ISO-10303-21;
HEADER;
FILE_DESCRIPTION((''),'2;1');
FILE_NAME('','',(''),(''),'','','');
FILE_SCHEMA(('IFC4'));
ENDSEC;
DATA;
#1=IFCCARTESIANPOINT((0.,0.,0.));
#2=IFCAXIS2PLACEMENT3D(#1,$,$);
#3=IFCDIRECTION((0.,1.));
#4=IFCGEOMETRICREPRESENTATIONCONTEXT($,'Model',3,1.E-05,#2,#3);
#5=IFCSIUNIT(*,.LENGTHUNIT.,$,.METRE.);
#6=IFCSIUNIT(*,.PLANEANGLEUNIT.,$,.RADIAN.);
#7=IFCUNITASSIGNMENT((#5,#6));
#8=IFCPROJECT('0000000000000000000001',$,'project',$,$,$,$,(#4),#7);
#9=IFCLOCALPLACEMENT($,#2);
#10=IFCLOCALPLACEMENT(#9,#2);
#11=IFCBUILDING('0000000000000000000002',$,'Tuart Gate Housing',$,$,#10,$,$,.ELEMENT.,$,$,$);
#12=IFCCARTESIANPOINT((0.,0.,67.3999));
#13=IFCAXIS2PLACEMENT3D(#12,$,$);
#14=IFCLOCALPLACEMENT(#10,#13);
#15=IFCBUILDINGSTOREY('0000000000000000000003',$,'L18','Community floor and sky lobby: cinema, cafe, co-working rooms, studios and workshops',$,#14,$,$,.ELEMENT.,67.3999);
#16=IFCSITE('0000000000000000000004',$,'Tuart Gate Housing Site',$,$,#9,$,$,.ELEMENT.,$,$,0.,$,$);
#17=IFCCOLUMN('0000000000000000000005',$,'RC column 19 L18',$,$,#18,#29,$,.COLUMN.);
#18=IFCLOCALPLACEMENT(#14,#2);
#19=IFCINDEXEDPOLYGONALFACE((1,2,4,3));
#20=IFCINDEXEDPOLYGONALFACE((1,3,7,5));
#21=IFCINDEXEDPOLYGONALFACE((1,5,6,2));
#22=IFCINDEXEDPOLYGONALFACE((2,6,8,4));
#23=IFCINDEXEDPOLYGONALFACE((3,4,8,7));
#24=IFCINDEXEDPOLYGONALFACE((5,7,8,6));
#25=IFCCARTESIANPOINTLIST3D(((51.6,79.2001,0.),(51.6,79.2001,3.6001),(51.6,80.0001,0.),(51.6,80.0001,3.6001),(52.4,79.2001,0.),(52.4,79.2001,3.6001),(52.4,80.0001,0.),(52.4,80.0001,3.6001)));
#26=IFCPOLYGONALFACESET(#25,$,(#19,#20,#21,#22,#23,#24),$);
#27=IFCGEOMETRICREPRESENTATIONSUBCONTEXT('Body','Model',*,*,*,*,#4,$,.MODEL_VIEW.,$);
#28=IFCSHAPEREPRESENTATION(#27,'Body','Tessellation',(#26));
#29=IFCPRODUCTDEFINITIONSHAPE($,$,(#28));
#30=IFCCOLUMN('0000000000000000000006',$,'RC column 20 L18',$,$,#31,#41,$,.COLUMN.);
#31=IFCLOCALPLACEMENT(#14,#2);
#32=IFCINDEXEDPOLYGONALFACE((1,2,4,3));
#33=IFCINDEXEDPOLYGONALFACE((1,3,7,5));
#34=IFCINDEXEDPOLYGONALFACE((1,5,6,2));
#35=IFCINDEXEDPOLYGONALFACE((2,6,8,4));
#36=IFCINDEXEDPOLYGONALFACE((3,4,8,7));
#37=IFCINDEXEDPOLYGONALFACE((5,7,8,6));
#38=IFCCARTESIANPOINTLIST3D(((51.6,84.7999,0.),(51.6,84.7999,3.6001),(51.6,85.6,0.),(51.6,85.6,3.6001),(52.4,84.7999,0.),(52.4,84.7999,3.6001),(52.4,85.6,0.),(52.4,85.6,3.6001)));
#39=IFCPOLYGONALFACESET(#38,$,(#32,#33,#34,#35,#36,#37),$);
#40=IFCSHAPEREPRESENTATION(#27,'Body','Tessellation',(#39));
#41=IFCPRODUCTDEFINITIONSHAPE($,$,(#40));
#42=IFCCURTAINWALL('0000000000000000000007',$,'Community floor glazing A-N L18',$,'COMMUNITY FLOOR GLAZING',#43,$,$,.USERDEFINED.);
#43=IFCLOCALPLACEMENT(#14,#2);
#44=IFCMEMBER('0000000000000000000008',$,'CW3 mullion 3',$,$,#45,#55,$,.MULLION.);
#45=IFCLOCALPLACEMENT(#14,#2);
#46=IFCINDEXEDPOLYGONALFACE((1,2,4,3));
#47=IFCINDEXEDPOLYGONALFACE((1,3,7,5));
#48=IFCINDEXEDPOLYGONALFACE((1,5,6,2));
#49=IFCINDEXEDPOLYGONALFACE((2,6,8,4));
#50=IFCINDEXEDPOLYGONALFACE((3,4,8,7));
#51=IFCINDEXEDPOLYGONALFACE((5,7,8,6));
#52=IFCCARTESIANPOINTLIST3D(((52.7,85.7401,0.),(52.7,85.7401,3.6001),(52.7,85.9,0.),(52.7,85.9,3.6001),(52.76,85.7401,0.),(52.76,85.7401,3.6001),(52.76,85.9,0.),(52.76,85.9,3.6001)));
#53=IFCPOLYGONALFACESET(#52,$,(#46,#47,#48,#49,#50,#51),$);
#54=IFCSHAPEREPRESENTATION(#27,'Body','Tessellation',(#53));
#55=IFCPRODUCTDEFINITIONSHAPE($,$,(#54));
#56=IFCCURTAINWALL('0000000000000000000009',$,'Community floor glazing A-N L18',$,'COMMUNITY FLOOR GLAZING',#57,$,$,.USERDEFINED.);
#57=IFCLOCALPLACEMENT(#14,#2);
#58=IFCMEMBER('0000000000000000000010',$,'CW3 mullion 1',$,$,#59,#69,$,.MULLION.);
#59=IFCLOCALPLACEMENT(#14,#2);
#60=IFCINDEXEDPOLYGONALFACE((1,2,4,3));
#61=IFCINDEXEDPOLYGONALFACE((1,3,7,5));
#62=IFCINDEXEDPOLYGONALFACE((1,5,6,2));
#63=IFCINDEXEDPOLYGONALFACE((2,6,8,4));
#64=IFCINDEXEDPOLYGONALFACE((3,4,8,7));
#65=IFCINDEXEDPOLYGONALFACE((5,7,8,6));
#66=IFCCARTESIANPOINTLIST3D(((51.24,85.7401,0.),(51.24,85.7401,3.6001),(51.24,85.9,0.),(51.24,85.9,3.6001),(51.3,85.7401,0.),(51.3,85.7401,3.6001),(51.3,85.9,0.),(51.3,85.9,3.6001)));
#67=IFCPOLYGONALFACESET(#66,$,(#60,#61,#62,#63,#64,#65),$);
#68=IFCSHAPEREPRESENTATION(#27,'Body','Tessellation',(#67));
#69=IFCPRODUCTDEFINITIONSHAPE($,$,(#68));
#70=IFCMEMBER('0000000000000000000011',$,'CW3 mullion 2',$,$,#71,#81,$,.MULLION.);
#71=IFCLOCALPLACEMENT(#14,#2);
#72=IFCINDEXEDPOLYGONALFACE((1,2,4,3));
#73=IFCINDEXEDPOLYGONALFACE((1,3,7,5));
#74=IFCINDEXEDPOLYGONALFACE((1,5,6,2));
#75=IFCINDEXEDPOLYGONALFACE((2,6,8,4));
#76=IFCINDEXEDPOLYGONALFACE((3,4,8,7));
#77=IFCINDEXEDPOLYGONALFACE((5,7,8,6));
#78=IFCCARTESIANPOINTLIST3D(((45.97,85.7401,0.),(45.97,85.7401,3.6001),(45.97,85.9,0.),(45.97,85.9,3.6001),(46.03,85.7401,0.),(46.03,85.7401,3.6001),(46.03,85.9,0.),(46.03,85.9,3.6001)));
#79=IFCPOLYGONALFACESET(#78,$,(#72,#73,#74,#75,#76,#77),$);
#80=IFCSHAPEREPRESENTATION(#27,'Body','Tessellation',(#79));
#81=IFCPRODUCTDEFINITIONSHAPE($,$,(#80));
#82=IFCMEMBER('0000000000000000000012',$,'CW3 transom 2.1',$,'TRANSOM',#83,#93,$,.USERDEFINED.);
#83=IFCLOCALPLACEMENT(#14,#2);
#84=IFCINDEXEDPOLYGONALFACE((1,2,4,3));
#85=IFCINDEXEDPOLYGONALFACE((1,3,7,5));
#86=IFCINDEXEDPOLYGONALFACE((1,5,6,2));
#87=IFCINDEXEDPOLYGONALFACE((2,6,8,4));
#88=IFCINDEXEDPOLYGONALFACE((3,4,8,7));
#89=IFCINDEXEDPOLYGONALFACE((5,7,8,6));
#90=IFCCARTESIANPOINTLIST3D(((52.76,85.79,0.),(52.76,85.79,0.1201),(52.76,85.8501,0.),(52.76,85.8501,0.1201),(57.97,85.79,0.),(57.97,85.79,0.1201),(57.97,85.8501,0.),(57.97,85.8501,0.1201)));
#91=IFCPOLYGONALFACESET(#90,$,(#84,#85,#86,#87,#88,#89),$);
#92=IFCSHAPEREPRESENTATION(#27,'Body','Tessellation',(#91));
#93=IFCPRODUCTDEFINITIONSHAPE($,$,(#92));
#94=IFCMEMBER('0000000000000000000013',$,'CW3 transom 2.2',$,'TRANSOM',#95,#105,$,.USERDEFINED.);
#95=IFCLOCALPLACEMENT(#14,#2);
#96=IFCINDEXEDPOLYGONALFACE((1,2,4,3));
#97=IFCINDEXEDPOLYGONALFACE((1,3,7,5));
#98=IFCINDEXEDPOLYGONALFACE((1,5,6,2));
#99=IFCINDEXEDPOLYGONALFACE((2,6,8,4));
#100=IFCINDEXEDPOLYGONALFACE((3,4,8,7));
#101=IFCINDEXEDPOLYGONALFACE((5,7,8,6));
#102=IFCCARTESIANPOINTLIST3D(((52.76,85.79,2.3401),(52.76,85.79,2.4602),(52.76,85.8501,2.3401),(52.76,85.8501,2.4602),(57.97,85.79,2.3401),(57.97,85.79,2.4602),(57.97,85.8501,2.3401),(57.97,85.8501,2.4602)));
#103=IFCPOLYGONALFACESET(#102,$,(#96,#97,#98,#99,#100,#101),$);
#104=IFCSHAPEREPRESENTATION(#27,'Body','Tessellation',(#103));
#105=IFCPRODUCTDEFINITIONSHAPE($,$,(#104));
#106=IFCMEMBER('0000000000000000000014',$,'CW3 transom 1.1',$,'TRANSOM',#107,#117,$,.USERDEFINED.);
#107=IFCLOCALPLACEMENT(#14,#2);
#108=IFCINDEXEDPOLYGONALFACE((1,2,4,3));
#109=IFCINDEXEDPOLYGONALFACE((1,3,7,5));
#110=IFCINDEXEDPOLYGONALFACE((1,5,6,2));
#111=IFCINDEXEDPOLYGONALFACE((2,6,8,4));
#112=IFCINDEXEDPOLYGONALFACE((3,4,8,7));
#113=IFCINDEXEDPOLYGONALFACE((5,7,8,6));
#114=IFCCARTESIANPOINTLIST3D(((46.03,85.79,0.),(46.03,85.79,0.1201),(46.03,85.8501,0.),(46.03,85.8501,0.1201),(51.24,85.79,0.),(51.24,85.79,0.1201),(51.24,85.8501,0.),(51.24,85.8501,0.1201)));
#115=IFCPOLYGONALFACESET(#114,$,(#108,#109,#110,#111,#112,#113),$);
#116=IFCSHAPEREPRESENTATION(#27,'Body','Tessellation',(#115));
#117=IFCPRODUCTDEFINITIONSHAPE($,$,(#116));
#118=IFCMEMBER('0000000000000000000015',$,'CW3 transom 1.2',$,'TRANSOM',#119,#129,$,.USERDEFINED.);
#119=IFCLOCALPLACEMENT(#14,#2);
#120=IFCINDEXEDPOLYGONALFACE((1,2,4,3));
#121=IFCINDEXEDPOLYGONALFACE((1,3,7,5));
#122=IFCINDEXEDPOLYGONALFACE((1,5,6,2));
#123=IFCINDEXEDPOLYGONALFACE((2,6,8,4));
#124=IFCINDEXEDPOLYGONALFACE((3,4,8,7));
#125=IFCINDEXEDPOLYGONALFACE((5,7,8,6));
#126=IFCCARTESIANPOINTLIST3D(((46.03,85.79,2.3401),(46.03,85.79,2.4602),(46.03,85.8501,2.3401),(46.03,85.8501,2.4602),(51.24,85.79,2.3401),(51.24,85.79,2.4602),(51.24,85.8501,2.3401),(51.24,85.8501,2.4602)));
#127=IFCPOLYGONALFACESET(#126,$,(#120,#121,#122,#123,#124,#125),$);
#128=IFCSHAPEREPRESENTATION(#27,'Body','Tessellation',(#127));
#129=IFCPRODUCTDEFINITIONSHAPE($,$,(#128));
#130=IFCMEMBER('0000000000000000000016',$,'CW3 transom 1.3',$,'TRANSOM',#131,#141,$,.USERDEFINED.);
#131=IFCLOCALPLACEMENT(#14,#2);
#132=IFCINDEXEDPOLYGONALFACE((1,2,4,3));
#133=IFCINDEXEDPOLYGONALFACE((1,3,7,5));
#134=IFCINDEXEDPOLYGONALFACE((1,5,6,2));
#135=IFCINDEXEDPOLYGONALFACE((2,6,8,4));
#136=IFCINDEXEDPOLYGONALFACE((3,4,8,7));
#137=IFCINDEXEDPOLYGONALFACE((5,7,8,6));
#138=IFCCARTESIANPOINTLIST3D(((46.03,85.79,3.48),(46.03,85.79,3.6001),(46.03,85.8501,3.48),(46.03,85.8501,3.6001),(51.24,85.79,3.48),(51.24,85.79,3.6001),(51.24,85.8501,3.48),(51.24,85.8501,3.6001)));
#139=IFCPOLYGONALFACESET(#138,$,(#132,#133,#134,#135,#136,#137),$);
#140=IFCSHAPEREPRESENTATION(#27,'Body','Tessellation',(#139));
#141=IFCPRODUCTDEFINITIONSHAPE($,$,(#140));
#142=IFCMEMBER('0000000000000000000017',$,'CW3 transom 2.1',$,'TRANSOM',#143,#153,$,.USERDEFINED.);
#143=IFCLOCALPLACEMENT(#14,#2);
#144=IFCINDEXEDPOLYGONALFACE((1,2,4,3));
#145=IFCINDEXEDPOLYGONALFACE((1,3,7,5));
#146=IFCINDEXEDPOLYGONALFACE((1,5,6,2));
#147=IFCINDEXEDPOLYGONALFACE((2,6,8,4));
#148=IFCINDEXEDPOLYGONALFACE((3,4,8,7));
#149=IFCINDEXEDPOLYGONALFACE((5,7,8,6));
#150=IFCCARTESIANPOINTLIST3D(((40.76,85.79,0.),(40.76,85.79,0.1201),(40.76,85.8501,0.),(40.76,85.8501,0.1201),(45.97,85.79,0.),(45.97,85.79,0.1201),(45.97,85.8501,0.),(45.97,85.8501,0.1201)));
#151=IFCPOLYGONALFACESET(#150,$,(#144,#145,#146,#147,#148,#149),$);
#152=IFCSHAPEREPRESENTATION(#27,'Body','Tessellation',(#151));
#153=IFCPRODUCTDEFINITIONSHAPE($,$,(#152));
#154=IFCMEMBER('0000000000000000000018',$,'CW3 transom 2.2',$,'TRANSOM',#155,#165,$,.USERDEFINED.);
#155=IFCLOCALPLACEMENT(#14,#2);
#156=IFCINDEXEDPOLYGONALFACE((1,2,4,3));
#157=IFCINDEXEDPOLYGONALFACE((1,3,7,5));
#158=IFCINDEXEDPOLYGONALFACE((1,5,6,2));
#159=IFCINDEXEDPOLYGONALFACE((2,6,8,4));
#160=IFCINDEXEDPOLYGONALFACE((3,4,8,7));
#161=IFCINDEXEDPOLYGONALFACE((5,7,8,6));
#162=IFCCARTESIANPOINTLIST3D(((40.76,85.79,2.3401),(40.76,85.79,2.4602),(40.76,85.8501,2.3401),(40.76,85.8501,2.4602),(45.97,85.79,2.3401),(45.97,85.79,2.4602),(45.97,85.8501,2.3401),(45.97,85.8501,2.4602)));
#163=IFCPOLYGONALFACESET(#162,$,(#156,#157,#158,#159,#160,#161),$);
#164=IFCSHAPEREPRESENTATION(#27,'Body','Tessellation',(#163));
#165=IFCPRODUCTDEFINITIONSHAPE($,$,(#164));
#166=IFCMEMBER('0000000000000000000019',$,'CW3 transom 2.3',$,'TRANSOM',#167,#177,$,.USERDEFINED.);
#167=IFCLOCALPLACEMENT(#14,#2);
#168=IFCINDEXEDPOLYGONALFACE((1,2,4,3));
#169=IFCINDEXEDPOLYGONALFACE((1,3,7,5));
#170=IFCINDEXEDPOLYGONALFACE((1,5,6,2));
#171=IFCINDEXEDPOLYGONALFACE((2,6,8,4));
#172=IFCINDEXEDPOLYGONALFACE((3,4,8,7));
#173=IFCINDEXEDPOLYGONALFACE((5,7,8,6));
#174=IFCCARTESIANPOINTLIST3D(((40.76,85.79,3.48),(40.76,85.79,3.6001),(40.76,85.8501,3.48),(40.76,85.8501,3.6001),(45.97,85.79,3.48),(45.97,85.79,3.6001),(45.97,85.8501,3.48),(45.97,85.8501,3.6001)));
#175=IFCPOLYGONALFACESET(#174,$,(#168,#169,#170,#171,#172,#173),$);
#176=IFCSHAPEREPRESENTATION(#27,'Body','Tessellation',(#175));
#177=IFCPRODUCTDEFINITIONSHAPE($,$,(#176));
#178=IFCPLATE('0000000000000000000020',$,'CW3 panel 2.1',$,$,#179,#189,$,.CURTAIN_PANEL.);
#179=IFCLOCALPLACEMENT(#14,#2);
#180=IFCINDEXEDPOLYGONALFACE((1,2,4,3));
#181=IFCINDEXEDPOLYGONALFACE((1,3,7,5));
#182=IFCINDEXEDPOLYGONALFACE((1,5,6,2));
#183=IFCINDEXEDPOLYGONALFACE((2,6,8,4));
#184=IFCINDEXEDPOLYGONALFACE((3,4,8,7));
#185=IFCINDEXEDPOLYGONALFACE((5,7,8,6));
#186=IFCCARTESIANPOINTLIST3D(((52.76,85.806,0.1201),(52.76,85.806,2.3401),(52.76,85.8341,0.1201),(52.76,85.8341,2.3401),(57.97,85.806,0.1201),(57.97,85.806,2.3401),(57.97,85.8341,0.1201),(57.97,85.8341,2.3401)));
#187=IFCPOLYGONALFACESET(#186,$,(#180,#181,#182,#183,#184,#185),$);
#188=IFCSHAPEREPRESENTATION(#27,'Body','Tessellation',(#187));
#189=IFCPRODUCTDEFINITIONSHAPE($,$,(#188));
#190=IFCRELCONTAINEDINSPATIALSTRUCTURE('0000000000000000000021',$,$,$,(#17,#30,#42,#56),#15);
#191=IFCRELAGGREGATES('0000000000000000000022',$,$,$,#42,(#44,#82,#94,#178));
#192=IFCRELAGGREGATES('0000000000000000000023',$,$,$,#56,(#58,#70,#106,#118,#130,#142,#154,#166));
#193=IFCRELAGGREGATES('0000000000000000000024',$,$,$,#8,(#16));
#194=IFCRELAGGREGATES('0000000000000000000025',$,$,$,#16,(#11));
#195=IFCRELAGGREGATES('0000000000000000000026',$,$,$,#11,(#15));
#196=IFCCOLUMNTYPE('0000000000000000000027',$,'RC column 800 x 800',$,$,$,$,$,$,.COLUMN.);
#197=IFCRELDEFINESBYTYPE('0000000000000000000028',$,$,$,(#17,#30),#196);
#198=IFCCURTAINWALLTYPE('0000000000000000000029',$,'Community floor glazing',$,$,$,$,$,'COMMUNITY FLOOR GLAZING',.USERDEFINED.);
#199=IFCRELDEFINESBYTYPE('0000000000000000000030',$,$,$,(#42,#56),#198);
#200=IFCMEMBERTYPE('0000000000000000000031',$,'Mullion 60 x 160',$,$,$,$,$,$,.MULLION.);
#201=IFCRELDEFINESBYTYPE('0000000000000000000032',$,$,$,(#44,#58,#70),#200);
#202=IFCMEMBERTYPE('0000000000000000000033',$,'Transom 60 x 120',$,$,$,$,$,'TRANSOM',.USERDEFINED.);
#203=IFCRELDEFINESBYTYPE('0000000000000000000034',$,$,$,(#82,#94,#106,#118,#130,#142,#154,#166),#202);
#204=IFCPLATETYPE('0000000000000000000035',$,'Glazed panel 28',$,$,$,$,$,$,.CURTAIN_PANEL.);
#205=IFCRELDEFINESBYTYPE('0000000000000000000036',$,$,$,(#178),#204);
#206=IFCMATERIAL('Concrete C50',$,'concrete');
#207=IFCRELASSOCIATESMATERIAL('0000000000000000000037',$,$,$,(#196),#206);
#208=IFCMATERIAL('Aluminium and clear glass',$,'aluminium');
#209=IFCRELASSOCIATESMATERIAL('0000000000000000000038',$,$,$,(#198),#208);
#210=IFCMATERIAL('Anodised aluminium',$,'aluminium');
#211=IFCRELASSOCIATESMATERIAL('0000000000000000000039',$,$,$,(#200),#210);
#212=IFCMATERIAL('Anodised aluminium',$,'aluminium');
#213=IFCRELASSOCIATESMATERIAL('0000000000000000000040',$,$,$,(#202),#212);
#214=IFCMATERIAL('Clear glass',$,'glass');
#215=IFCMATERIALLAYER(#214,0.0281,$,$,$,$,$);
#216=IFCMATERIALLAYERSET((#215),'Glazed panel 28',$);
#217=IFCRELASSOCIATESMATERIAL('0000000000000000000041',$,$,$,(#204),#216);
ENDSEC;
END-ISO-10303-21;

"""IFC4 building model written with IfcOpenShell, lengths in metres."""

from ifc_helpers import new_model, si_unit, direction, frame, origin, origin_2d, place, context, subcontext, project, spatial, rectangle, extrude, material, layer, layer_set, material_profile, profile_set, type_object, element, aggregate, save


model = new_model("IFC4")

# Units and contexts
model_context = context("Model", 3, precision=1e-05, world=origin(), true_north=direction((0.0, 1.0)))
body_context = subcontext(model_context, "Body", "Model", "MODEL_VIEW")
ifc_project = project(units=[si_unit("LENGTHUNIT", "METRE"), si_unit("PLANEANGLEUNIT", "RADIAN")], contexts=[model_context])

# Site, building, storey
site_placement = place(None, origin())
site = spatial("IfcSite", under=ifc_project, at=site_placement, Name="Tuart Gate Housing Site", CompositionType="ELEMENT", RefElevation=0.0)
building_placement = place(site_placement, origin())
building = spatial("IfcBuilding", under=site, at=building_placement, Name="Tuart Gate Housing", CompositionType="ELEMENT")
storey_placement = place(building_placement, frame((0.0, 0.0, 67.3999)))
storey = spatial("IfcBuildingStorey", under=building, at=storey_placement, Name="L18", Description="Community floor and sky lobby: cinema, cafe, co-working rooms, studios and workshops", CompositionType="ELEMENT", Elevation=67.3999)

# Columns
ifc_material_1 = material(Name="Concrete C50", Category="concrete")
ifc_material_profile_1 = material_profile(ifc_material_1, rectangle(XDim=0.8, YDim=0.8, at=origin_2d()), Name="RC column 800 x 800")
ifc_profile_set_1 = profile_set([ifc_material_profile_1], Name="Concrete C50")
column_type = type_object("IfcColumnType", Name="RC column 800 x 800", PredefinedType="COLUMN", material=ifc_profile_set_1)
for number, where, z_axis, x_axis, name in (
    (1, (52.0, 79.6001, 0.0), (0.0, 0.0, 1.0), (1.0, 0.0, 0.0), "RC column 19 L18"),
    (2, (52.0, 85.2, 0.0), (0.0, 0.0, 1.0), (1.0, 0.0, 0.0), "RC column 20 L18"),
):
    element("IfcColumn", number, at=place(storey_placement, frame(where, z_axis=z_axis, x_axis=x_axis)), inside=storey, type_object=column_type, Name=name, PredefinedType="COLUMN", context=body_context, shape_type="SweptSolid", body=[
        extrude(rectangle(XDim=0.8, YDim=0.8, at=origin_2d()), origin(), (0.0, 0.0, 1.0), 3.6001),
    ])

# Curtain wall, member
ifc_material_2 = material(Name="Aluminium and clear glass", Category="aluminium")
curtain_wall_type = type_object("IfcCurtainWallType", Name="Community floor glazing", ElementType="COMMUNITY FLOOR GLAZING", PredefinedType="USERDEFINED", material=ifc_material_2)
curtain_wall_1_placement = place(storey_placement, origin())
curtain_wall_1 = element("IfcCurtainWall", 3, at=curtain_wall_1_placement, inside=storey, type_object=curtain_wall_type, Name="Community floor glazing A-N L18", ObjectType="COMMUNITY FLOOR GLAZING", PredefinedType="USERDEFINED")
ifc_material_3 = material(Name="Anodised aluminium", Category="aluminium")
ifc_material_profile_2 = material_profile(ifc_material_3, rectangle(XDim=0.0601, YDim=0.1599, at=origin_2d()), Name="60x160")
ifc_profile_set_2 = profile_set([ifc_material_profile_2], Name="Anodised aluminium")
member_type_1 = type_object("IfcMemberType", Name="Mullion 60 x 160", PredefinedType="MULLION", material=ifc_profile_set_2)
member_1_placement = place(storey_placement, frame((52.73, 85.8201, 0.0), z_axis=(0.0, 0.0, 1.0), x_axis=(-1.0, 0.0, 0.0)))
member_1 = element("IfcMember", 4, at=member_1_placement, type_object=member_type_1, Name="CW3 mullion 3", PredefinedType="MULLION", context=body_context, shape_type="SweptSolid", body=[
    extrude(rectangle(XDim=0.0601, YDim=0.1599, at=origin_2d()), origin(), (0.0, 0.0, 1.0), 3.6001),
])

# Curtain wall, members
curtain_wall_2_placement = place(storey_placement, origin())
curtain_wall_2 = element("IfcCurtainWall", 5, at=curtain_wall_2_placement, inside=storey, type_object=curtain_wall_type, Name="Community floor glazing A-N L18", ObjectType="COMMUNITY FLOOR GLAZING", PredefinedType="USERDEFINED")
member_2_placement = place(storey_placement, frame((51.27, 85.8201, 0.0), z_axis=(0.0, 0.0, 1.0), x_axis=(-1.0, 0.0, 0.0)))
member_2 = element("IfcMember", 6, at=member_2_placement, type_object=member_type_1, Name="CW3 mullion 1", PredefinedType="MULLION", context=body_context, shape_type="SweptSolid", body=[
    extrude(rectangle(XDim=0.0601, YDim=0.1599, at=origin_2d()), origin(), (0.0, 0.0, 1.0), 3.6001),
])
member_3_placement = place(storey_placement, frame((46.0, 85.8201, 0.0), z_axis=(0.0, 0.0, 1.0), x_axis=(-1.0, 0.0, 0.0)))
member_3 = element("IfcMember", 7, at=member_3_placement, type_object=member_type_1, Name="CW3 mullion 2", PredefinedType="MULLION", context=body_context, shape_type="SweptSolid", body=[
    extrude(rectangle(XDim=0.0601, YDim=0.1599, at=origin_2d()), origin(), (0.0, 0.0, 1.0), 3.6001),
])

# Members
ifc_material_4 = material(Name="Anodised aluminium", Category="aluminium")
ifc_material_profile_3 = material_profile(ifc_material_4, rectangle(XDim=0.0601, YDim=0.1201, at=origin_2d()), Name="60x120")
ifc_profile_set_3 = profile_set([ifc_material_profile_3], Name="Anodised aluminium")
member_type_2 = type_object("IfcMemberType", Name="Transom 60 x 120", ElementType="TRANSOM", PredefinedType="USERDEFINED", material=ifc_profile_set_3)
member_4_placement = place(storey_placement, frame((57.97, 85.8201, 0.0601), z_axis=(-1.0, 0.0, 0.0), x_axis=(0.0, -1.0, 0.0)))
member_4 = element("IfcMember", 8, at=member_4_placement, type_object=member_type_2, Name="CW3 transom 2.1", ObjectType="TRANSOM", PredefinedType="USERDEFINED", context=body_context, shape_type="SweptSolid", body=[
    extrude(rectangle(XDim=0.0601, YDim=0.1201, at=origin_2d()), origin(), (0.0, 0.0, 1.0), 5.21),
])
member_5_placement = place(storey_placement, frame((57.97, 85.8201, 2.4001), z_axis=(-1.0, 0.0, 0.0), x_axis=(0.0, -1.0, 0.0)))
member_5 = element("IfcMember", 9, at=member_5_placement, type_object=member_type_2, Name="CW3 transom 2.2", ObjectType="TRANSOM", PredefinedType="USERDEFINED", context=body_context, shape_type="SweptSolid", body=[
    extrude(rectangle(XDim=0.0601, YDim=0.1201, at=origin_2d()), origin(), (0.0, 0.0, 1.0), 5.21),
])
member_6_placement = place(storey_placement, frame((51.24, 85.8201, 0.0601), z_axis=(-1.0, 0.0, 0.0), x_axis=(0.0, -1.0, 0.0)))
member_6 = element("IfcMember", 10, at=member_6_placement, type_object=member_type_2, Name="CW3 transom 1.1", ObjectType="TRANSOM", PredefinedType="USERDEFINED", context=body_context, shape_type="SweptSolid", body=[
    extrude(rectangle(XDim=0.0601, YDim=0.1201, at=origin_2d()), origin(), (0.0, 0.0, 1.0), 5.21),
])
member_7_placement = place(storey_placement, frame((51.24, 85.8201, 2.4001), z_axis=(-1.0, 0.0, 0.0), x_axis=(0.0, -1.0, 0.0)))
member_7 = element("IfcMember", 11, at=member_7_placement, type_object=member_type_2, Name="CW3 transom 1.2", ObjectType="TRANSOM", PredefinedType="USERDEFINED", context=body_context, shape_type="SweptSolid", body=[
    extrude(rectangle(XDim=0.0601, YDim=0.1201, at=origin_2d()), origin(), (0.0, 0.0, 1.0), 5.21),
])
member_8_placement = place(storey_placement, frame((51.24, 85.8201, 3.54), z_axis=(-1.0, 0.0, 0.0), x_axis=(0.0, -1.0, 0.0)))
member_8 = element("IfcMember", 12, at=member_8_placement, type_object=member_type_2, Name="CW3 transom 1.3", ObjectType="TRANSOM", PredefinedType="USERDEFINED", context=body_context, shape_type="SweptSolid", body=[
    extrude(rectangle(XDim=0.0601, YDim=0.1201, at=origin_2d()), origin(), (0.0, 0.0, 1.0), 5.21),
])
member_9_placement = place(storey_placement, frame((45.97, 85.8201, 0.0601), z_axis=(-1.0, 0.0, 0.0), x_axis=(0.0, -1.0, 0.0)))
member_9 = element("IfcMember", 13, at=member_9_placement, type_object=member_type_2, Name="CW3 transom 2.1", ObjectType="TRANSOM", PredefinedType="USERDEFINED", context=body_context, shape_type="SweptSolid", body=[
    extrude(rectangle(XDim=0.0601, YDim=0.1201, at=origin_2d()), origin(), (0.0, 0.0, 1.0), 5.21),
])
member_10_placement = place(storey_placement, frame((45.97, 85.8201, 2.4001), z_axis=(-1.0, 0.0, 0.0), x_axis=(0.0, -1.0, 0.0)))
member_10 = element("IfcMember", 14, at=member_10_placement, type_object=member_type_2, Name="CW3 transom 2.2", ObjectType="TRANSOM", PredefinedType="USERDEFINED", context=body_context, shape_type="SweptSolid", body=[
    extrude(rectangle(XDim=0.0601, YDim=0.1201, at=origin_2d()), origin(), (0.0, 0.0, 1.0), 5.21),
])
member_11_placement = place(storey_placement, frame((45.97, 85.8201, 3.54), z_axis=(-1.0, 0.0, 0.0), x_axis=(0.0, -1.0, 0.0)))
member_11 = element("IfcMember", 15, at=member_11_placement, type_object=member_type_2, Name="CW3 transom 2.3", ObjectType="TRANSOM", PredefinedType="USERDEFINED", context=body_context, shape_type="SweptSolid", body=[
    extrude(rectangle(XDim=0.0601, YDim=0.1201, at=origin_2d()), origin(), (0.0, 0.0, 1.0), 5.21),
])

# Plate
ifc_material_5 = material(Name="Clear glass", Category="glass")
ifc_layer_1 = layer(ifc_material_5, 0.0281)
ifc_layer_set_1 = layer_set([ifc_layer_1], Name="Glazed panel 28")
plate_type = type_object("IfcPlateType", Name="Glazed panel 28", PredefinedType="CURTAIN_PANEL", material=ifc_layer_set_1)
plate_1_placement = place(storey_placement, frame((55.365, 85.8201, 0.1201), z_axis=(0.0, 0.0, 1.0), x_axis=(-1.0, 0.0, 0.0)))
plate_1 = element("IfcPlate", 16, at=plate_1_placement, type_object=plate_type, Name="CW3 panel 2.1", PredefinedType="CURTAIN_PANEL", context=body_context, shape_type="SweptSolid", body=[
    extrude(rectangle(XDim=5.21, YDim=0.0281, at=origin_2d()), origin(), (0.0, 0.0, 1.0), 2.22),
])
aggregate(curtain_wall_1, [member_1, member_4, member_5, plate_1])
aggregate(curtain_wall_2, [member_2, member_3, member_6, member_7, member_8, member_9, member_10, member_11])

save(model, "model.ifc")
